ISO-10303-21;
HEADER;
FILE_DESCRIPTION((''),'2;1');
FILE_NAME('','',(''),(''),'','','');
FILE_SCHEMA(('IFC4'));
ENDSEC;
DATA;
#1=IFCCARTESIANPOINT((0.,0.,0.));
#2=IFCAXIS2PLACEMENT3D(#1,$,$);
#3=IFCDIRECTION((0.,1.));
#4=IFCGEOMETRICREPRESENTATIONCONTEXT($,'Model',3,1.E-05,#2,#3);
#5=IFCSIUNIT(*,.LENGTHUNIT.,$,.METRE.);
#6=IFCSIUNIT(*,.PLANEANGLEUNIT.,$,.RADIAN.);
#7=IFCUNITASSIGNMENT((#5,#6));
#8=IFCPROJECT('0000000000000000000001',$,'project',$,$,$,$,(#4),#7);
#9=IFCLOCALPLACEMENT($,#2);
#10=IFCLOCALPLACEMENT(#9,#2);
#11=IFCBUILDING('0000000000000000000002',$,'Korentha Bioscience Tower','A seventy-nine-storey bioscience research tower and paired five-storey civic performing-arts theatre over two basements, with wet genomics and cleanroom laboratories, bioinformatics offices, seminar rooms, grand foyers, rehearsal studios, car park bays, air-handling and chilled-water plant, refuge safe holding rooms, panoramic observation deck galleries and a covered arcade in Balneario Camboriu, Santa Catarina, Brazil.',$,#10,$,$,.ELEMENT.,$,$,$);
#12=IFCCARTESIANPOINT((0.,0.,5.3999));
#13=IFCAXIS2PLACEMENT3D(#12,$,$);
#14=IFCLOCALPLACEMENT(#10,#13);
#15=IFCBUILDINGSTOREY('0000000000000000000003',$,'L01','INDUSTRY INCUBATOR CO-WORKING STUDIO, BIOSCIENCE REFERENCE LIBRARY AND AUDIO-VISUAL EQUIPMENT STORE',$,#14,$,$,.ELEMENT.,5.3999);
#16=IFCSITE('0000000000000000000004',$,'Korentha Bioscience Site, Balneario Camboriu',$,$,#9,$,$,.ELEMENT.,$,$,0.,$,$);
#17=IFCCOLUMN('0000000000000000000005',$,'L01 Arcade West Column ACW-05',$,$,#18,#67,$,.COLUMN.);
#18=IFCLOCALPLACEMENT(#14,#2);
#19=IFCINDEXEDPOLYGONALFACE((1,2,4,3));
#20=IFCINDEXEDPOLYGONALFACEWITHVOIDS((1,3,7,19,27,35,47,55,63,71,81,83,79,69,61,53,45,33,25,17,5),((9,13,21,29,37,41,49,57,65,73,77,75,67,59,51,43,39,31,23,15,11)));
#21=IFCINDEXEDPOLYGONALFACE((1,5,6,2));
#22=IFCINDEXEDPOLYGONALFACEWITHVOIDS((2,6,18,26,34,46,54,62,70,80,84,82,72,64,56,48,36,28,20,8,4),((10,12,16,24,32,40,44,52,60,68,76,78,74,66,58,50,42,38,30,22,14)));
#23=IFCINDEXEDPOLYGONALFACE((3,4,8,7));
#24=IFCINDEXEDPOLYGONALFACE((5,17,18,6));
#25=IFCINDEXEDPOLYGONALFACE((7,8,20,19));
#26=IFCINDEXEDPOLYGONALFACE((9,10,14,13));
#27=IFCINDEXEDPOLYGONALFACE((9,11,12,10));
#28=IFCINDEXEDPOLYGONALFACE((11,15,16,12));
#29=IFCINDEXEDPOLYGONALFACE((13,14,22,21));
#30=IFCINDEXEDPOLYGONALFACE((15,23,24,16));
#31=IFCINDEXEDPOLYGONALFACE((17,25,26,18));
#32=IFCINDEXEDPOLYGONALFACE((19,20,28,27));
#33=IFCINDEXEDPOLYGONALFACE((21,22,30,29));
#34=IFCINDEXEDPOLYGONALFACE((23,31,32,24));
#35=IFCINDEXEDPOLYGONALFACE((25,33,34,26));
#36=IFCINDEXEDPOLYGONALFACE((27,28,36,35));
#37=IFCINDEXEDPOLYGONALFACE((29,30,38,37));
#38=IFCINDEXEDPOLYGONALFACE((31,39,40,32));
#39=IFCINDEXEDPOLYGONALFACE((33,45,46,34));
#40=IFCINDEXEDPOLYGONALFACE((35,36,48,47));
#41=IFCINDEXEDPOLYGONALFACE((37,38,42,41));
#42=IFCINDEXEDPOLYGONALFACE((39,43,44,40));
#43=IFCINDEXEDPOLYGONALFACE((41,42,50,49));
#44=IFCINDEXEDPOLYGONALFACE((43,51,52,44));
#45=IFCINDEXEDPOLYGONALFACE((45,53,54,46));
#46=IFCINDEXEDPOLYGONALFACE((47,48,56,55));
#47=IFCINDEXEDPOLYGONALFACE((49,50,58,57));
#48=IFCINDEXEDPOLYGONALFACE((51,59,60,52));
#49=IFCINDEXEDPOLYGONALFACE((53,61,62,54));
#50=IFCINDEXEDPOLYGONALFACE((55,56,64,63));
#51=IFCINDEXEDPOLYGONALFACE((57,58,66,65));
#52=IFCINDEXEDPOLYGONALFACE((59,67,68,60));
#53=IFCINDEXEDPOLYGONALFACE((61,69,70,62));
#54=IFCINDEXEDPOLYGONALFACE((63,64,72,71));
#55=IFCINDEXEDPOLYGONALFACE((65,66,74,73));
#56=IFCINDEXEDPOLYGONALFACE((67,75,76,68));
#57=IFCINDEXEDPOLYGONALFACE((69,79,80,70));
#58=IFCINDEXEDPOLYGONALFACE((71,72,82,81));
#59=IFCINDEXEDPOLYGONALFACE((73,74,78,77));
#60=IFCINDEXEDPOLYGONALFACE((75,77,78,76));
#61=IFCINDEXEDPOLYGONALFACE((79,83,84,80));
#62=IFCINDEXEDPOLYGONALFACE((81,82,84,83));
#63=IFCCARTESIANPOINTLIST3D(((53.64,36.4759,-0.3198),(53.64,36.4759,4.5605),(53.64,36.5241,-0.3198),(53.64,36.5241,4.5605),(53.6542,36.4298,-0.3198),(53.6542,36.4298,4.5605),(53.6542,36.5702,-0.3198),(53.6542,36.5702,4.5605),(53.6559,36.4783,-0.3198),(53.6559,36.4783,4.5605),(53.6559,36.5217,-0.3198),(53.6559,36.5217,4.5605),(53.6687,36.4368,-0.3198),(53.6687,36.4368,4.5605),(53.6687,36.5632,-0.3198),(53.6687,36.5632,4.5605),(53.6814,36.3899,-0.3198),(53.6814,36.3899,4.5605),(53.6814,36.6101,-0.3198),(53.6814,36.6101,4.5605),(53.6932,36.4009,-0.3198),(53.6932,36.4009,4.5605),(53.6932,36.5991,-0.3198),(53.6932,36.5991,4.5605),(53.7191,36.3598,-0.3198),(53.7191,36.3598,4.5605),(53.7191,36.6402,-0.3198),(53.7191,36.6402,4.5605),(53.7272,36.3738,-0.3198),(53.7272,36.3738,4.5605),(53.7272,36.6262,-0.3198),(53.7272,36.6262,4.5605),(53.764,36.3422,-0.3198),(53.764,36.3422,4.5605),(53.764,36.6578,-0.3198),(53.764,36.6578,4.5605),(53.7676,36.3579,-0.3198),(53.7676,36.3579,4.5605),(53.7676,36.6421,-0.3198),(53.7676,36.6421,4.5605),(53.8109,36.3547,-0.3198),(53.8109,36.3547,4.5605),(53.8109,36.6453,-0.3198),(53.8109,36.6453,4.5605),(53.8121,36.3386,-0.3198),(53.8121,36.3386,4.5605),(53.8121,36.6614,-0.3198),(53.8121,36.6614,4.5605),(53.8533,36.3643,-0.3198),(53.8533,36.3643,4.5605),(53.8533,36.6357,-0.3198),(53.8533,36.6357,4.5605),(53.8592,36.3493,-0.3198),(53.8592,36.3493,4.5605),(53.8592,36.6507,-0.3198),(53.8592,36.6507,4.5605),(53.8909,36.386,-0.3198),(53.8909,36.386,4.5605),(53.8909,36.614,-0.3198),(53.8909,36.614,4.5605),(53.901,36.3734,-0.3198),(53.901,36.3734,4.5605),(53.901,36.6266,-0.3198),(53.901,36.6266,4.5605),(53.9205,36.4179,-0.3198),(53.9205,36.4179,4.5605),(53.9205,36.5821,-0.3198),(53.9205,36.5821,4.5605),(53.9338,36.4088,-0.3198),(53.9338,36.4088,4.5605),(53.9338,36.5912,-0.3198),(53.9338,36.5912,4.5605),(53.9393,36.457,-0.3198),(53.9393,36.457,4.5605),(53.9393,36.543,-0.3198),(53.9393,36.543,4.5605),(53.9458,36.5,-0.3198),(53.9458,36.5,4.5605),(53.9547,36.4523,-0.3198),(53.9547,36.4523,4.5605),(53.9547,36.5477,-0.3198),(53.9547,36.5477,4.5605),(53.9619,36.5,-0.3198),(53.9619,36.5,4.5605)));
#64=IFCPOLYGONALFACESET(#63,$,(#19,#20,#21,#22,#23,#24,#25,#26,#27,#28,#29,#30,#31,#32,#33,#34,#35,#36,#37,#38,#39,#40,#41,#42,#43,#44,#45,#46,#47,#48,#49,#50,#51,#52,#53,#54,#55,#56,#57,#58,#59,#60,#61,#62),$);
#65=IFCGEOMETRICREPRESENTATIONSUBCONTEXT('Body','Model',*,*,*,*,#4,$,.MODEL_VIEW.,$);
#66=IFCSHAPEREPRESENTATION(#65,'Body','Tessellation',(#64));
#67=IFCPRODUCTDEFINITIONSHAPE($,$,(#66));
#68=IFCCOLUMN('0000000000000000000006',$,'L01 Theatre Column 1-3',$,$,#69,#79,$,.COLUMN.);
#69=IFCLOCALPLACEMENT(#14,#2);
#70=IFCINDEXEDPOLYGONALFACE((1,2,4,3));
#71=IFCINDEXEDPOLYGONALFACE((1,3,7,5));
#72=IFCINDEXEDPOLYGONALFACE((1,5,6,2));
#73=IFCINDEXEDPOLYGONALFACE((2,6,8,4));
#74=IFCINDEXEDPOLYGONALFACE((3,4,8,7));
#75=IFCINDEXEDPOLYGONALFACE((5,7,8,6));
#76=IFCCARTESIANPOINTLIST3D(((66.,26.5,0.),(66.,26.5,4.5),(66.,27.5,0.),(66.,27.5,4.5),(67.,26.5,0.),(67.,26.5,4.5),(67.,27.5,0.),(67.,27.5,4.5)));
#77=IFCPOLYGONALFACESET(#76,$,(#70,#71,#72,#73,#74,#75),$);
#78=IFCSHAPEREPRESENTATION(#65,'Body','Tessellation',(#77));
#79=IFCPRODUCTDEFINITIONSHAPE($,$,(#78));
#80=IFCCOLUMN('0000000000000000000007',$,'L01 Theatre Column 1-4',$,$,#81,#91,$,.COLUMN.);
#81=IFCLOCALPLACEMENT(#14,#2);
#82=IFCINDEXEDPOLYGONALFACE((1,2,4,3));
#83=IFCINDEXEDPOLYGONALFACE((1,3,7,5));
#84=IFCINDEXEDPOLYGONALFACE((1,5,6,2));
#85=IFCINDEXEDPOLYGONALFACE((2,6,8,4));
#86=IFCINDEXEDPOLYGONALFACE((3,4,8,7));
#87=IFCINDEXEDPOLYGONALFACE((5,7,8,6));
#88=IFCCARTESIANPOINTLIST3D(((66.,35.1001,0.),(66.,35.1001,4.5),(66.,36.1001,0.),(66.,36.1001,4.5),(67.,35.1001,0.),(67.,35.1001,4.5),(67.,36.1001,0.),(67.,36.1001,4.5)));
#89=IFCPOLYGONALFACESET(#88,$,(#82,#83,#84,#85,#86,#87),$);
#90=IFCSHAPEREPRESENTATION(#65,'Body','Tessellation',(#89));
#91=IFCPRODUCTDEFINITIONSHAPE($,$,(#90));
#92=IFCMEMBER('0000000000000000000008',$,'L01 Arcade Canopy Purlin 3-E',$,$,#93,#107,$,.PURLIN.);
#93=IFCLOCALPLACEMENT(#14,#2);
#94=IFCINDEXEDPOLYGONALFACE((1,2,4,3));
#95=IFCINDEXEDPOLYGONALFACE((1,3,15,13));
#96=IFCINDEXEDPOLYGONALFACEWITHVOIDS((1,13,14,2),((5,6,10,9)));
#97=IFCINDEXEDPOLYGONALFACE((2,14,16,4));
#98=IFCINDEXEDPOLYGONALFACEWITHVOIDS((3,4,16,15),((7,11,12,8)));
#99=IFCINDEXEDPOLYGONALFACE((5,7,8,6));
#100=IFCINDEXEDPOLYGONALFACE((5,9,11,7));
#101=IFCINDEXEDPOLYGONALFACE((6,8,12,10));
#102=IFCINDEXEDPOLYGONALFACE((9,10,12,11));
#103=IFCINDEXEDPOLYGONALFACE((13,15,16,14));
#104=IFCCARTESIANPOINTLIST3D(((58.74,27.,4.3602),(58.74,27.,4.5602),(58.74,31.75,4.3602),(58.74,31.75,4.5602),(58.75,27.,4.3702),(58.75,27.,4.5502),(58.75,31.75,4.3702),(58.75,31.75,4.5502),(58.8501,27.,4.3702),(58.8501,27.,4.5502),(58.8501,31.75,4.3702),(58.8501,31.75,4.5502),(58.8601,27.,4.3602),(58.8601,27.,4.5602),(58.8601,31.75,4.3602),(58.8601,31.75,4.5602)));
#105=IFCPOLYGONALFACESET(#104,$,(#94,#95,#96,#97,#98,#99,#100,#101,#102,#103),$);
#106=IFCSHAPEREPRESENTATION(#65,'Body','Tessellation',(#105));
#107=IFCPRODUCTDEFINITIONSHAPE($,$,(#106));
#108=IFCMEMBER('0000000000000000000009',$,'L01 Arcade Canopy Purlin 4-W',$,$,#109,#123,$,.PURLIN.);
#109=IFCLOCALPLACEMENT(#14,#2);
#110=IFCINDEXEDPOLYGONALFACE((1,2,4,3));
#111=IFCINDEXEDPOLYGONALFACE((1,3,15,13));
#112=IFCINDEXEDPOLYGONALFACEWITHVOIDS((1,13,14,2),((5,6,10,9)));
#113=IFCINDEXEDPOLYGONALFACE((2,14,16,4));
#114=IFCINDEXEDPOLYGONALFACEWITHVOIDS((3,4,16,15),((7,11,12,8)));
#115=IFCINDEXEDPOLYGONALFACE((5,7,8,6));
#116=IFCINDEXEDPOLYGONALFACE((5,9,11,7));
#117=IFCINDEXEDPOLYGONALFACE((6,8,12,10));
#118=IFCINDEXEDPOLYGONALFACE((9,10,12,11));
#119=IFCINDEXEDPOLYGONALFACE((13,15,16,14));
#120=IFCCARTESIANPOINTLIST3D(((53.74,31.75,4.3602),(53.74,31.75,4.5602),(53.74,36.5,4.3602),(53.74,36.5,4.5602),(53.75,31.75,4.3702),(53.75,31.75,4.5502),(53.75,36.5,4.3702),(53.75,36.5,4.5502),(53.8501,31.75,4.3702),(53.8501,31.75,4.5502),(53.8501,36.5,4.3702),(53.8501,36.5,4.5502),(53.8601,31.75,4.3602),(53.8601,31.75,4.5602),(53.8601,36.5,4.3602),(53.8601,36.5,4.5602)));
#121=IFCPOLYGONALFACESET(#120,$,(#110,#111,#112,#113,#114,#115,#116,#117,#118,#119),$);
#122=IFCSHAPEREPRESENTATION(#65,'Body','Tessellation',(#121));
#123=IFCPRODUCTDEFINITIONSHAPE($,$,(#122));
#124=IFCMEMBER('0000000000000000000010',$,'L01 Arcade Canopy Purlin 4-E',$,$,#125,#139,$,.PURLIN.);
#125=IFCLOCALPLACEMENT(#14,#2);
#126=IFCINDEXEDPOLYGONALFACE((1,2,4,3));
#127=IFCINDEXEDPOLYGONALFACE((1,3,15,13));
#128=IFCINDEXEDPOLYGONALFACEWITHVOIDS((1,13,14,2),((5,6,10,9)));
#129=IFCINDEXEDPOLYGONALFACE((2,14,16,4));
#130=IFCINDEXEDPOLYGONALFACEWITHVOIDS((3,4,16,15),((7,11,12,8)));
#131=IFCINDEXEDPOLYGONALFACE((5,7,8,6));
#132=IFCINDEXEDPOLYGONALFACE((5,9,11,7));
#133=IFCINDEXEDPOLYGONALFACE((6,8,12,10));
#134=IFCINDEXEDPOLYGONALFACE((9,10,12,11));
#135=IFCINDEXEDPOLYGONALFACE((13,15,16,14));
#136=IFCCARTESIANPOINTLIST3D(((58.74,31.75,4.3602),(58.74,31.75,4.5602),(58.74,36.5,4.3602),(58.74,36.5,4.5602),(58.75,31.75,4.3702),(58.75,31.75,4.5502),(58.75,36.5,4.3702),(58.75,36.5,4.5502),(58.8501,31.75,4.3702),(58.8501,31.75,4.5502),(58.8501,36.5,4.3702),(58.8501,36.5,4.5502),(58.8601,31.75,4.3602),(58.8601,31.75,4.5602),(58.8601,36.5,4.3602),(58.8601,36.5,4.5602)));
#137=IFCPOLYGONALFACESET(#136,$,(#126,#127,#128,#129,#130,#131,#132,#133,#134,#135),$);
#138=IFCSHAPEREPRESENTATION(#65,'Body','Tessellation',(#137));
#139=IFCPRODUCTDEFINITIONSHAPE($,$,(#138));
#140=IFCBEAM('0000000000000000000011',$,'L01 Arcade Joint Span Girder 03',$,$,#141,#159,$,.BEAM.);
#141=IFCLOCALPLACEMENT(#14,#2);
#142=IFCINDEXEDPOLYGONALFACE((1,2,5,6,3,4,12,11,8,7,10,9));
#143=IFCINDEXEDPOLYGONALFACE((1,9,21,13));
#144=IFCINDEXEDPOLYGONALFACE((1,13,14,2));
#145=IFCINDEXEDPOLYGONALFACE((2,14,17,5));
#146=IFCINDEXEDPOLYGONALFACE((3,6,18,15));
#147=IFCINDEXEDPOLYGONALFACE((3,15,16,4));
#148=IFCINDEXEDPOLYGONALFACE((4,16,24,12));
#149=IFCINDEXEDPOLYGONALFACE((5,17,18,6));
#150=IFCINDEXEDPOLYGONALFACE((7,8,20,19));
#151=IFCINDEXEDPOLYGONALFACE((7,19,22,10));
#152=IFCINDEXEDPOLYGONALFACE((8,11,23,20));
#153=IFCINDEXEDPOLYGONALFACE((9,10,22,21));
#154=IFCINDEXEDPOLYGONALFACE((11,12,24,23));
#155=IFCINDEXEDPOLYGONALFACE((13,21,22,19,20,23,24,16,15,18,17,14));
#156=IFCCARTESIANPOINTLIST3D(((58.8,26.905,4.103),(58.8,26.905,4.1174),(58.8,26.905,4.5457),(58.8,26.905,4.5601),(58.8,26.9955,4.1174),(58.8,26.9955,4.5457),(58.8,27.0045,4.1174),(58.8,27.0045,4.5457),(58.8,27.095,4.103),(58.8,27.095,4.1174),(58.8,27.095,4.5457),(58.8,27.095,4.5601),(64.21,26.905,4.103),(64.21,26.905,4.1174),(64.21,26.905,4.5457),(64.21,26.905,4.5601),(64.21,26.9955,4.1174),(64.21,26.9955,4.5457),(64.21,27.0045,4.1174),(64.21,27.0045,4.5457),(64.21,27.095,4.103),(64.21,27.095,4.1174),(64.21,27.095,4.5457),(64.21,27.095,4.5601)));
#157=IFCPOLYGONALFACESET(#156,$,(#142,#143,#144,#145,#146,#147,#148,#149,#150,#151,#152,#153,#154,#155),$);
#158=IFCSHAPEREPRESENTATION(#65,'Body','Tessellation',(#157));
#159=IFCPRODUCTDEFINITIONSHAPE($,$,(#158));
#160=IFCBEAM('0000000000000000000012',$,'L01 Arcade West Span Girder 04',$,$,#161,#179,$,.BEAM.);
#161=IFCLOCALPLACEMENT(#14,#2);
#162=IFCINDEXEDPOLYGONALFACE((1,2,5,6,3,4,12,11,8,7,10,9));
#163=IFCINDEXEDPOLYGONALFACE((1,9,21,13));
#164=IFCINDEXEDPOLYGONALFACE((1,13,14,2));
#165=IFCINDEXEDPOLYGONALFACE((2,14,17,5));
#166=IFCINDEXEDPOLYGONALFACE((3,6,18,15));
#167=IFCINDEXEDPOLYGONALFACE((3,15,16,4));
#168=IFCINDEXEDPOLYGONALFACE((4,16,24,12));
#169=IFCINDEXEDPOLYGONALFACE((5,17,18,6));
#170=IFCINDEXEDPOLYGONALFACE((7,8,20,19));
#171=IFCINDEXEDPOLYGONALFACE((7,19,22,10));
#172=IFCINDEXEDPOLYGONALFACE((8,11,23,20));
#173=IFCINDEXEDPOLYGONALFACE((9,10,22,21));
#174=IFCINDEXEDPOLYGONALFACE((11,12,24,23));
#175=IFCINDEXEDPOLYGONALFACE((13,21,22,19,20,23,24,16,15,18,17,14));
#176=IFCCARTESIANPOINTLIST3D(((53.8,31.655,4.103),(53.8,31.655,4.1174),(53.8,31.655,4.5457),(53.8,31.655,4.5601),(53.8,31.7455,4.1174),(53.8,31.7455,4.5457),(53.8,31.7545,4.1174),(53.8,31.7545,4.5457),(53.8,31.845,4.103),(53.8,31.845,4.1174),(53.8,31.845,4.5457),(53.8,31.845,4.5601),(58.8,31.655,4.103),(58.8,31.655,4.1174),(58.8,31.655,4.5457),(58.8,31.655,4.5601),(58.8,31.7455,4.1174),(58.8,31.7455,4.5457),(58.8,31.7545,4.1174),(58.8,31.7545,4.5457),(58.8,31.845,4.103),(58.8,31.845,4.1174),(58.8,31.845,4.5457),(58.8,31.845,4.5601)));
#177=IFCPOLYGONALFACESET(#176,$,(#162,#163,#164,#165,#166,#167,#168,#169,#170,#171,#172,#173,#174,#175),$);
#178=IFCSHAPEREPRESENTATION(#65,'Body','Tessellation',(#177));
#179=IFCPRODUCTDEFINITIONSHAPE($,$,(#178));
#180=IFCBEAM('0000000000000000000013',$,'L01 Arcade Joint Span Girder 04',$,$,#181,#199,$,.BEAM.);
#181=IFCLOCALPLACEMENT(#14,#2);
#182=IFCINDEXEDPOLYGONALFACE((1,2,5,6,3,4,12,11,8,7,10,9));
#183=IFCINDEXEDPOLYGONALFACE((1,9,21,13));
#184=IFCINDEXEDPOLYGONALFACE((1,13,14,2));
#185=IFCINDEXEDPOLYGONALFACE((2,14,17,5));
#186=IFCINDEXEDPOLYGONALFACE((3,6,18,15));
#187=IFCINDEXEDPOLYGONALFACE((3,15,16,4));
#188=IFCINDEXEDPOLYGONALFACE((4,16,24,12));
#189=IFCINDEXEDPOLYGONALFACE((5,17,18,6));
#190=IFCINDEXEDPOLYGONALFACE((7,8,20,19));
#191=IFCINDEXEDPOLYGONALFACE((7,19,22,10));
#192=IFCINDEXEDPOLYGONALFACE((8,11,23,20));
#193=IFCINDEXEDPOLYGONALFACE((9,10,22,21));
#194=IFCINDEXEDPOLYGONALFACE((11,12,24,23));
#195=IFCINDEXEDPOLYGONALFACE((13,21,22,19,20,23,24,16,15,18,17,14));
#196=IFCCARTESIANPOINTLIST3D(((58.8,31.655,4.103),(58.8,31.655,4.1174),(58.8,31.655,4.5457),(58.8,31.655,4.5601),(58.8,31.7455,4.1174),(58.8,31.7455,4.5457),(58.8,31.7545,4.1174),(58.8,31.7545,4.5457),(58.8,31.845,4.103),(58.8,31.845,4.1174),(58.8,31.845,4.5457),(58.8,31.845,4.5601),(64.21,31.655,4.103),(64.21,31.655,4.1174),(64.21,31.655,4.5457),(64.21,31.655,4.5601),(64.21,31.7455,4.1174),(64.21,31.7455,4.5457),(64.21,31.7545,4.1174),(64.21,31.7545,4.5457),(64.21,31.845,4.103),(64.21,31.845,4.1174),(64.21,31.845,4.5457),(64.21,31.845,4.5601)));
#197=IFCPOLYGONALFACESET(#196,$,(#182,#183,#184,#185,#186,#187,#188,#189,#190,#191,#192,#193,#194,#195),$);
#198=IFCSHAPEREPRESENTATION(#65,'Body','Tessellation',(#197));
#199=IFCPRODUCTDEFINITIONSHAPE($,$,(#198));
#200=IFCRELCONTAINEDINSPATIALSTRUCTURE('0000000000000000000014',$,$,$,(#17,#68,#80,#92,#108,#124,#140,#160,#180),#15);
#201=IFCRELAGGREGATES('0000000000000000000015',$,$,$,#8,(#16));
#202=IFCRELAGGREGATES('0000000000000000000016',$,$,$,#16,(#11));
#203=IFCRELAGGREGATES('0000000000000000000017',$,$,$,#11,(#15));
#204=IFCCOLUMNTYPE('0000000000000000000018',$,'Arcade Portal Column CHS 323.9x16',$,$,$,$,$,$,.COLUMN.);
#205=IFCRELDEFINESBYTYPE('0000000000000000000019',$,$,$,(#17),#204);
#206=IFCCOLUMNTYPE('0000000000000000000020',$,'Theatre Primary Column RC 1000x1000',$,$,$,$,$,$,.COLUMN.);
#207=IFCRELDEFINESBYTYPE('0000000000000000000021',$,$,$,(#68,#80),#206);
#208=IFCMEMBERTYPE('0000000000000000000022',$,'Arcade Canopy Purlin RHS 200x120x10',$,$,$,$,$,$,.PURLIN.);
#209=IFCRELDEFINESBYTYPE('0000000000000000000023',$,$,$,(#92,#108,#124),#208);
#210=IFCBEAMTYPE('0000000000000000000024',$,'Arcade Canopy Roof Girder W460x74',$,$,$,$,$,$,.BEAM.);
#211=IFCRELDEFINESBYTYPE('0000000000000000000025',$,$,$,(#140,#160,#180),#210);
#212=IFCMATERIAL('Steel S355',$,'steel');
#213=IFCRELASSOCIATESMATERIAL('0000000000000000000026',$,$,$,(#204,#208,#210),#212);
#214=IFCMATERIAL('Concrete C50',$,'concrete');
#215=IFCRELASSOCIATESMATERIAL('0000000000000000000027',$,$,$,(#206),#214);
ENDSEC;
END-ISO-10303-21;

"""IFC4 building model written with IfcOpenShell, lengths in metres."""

from ifc_helpers import new_model, si_unit, direction, frame, origin, origin_2d, place, context, subcontext, project, spatial, rectangle, hollow_rectangle, hollow_circle, i_section, extrude, material, material_profile, profile_set, type_object, element, save


model = new_model("IFC4")

# Units and contexts
model_context = context("Model", 3, precision=1e-05, world=origin(), true_north=direction((0.0, 1.0)))
body_context = subcontext(model_context, "Body", "Model", "MODEL_VIEW")
ifc_project = project(units=[si_unit("LENGTHUNIT", "METRE"), si_unit("PLANEANGLEUNIT", "RADIAN")], contexts=[model_context])

# Site, building, storey
site_placement = place(None, origin())
site = spatial("IfcSite", under=ifc_project, at=site_placement, Name="Korentha Bioscience Site, Balneario Camboriu", CompositionType="ELEMENT", RefElevation=0.0)
building_placement = place(site_placement, origin())
building = spatial("IfcBuilding", under=site, at=building_placement, Name="Korentha Bioscience Tower", Description="A seventy-nine-storey bioscience research tower and paired five-storey civic performing-arts theatre over two basements, with wet genomics and cleanroom laboratories, bioinformatics offices, seminar rooms, grand foyers, rehearsal studios, car park bays, air-handling and chilled-water plant, refuge safe holding rooms, panoramic observation deck galleries and a covered arcade in Balneario Camboriu, Santa Catarina, Brazil.", CompositionType="ELEMENT")
storey_placement = place(building_placement, frame((0.0, 0.0, 5.3999)))
storey = spatial("IfcBuildingStorey", under=building, at=storey_placement, Name="L01", Description="INDUSTRY INCUBATOR CO-WORKING STUDIO, BIOSCIENCE REFERENCE LIBRARY AND AUDIO-VISUAL EQUIPMENT STORE", CompositionType="ELEMENT", Elevation=5.3999)

# Columns
ifc_material_1 = material(Name="Steel S355", Category="steel")
ifc_material_profile_1 = material_profile(ifc_material_1, hollow_circle(Radius=0.1619, WallThickness=0.0161, at=origin_2d()), Name="Steel S355")
ifc_profile_set_1 = profile_set([ifc_material_profile_1], Name="Steel S355 (AC-01)")
column_type_1 = type_object("IfcColumnType", Name="Arcade Portal Column CHS 323.9x16", PredefinedType="COLUMN", material=ifc_profile_set_1)
for number, where, z_axis, x_axis, name in (
    (1, (53.8, 36.5, -0.3198), (0.0, 0.0, 1.0), (1.0, 0.0, 0.0), "L01 Arcade West Column ACW-05"),
):
    element("IfcColumn", number, at=place(storey_placement, frame(where, z_axis=z_axis, x_axis=x_axis)), inside=storey, type_object=column_type_1, Name=name, PredefinedType="COLUMN", context=body_context, shape_type="SweptSolid", body=[
        extrude(hollow_circle(Radius=0.1619, WallThickness=0.0161, at=origin_2d()), origin(), (0.0, 0.0, 1.0), 4.8804),
    ])
ifc_material_2 = material(Name="Concrete C50", Category="concrete")
ifc_material_profile_2 = material_profile(ifc_material_2, rectangle(XDim=1.0, YDim=1.0, at=origin_2d()), Name="Concrete C50")
ifc_profile_set_2 = profile_set([ifc_material_profile_2], Name="Concrete C50 (TC-01)")
column_type_2 = type_object("IfcColumnType", Name="Theatre Primary Column RC 1000x1000", PredefinedType="COLUMN", material=ifc_profile_set_2)
for number, where, z_axis, x_axis, name in (
    (2, (66.5, 27.0, 0.0), (0.0, 0.0, 1.0), (1.0, 0.0, 0.0), "L01 Theatre Column 1-3"),
    (3, (66.5, 35.6001, 0.0), (0.0, 0.0, 1.0), (1.0, 0.0, 0.0), "L01 Theatre Column 1-4"),
):
    element("IfcColumn", number, at=place(storey_placement, frame(where, z_axis=z_axis, x_axis=x_axis)), inside=storey, type_object=column_type_2, Name=name, PredefinedType="COLUMN", context=body_context, shape_type="SweptSolid", body=[
        extrude(rectangle(XDim=1.0, YDim=1.0, at=origin_2d()), origin(), (0.0, 0.0, 1.0), 4.5),
    ])

# Members
ifc_material_profile_3 = material_profile(ifc_material_1, hollow_rectangle(XDim=0.1201, YDim=0.2, WallThickness=0.01, at=origin_2d()), Name="Steel S355")
ifc_profile_set_3 = profile_set([ifc_material_profile_3], Name="Steel S355 (AC-P200)")
member_type_1 = type_object("IfcMemberType", Name="Arcade Canopy Purlin RHS 200x120x10", PredefinedType="PURLIN", material=ifc_profile_set_3)
for number, where, z_axis, x_axis, name in (
    (4, (58.8, 27.0, 4.4602), (0.0, 1.0, 0.0), (-1.0, 0.0, 0.0), "L01 Arcade Canopy Purlin 3-E"),
    (5, (53.8, 31.75, 4.4602), (0.0, 1.0, 0.0), (-1.0, 0.0, 0.0), "L01 Arcade Canopy Purlin 4-W"),
    (6, (58.8, 31.75, 4.4602), (0.0, 1.0, 0.0), (-1.0, 0.0, 0.0), "L01 Arcade Canopy Purlin 4-E"),
):
    element("IfcMember", number, at=place(storey_placement, frame(where, z_axis=z_axis, x_axis=x_axis)), inside=storey, type_object=member_type_1, Name=name, PredefinedType="PURLIN", context=body_context, shape_type="SweptSolid", body=[
        extrude(hollow_rectangle(XDim=0.1201, YDim=0.2, WallThickness=0.01, at=origin_2d()), origin(), (0.0, 0.0, 1.0), 4.75),
    ])

# Beams
ifc_material_profile_4 = material_profile(ifc_material_1, i_section(OverallWidth=0.1899, OverallDepth=0.457, WebThickness=0.009, FlangeThickness=0.0144, at=origin_2d()), Name="Steel S355")
ifc_profile_set_4 = profile_set([ifc_material_profile_4], Name="Steel S355 (AB-460)")
beam_type_1 = type_object("IfcBeamType", Name="Arcade Canopy Roof Girder W460x74", PredefinedType="BEAM", material=ifc_profile_set_4)
beam_1_placement = place(storey_placement, frame((58.8, 27.0, 4.3315), z_axis=(1.0, 0.0, 0.0), x_axis=(0.0, 1.0, 0.0)))
element("IfcBeam", 7, at=beam_1_placement, inside=storey, type_object=beam_type_1, Name="L01 Arcade Joint Span Girder 03", PredefinedType="BEAM", context=body_context, shape_type="SweptSolid", body=[
    extrude(i_section(OverallWidth=0.1899, OverallDepth=0.457, WebThickness=0.009, FlangeThickness=0.0144, at=origin_2d()), origin(), (0.0, 0.0, 1.0), 5.4099),
])
beam_2_placement = place(storey_placement, frame((53.8, 31.75, 4.3315), z_axis=(1.0, 0.0, 0.0), x_axis=(0.0, 1.0, 0.0)))
element("IfcBeam", 8, at=beam_2_placement, inside=storey, type_object=beam_type_1, Name="L01 Arcade West Span Girder 04", PredefinedType="BEAM", context=body_context, shape_type="SweptSolid", body=[
    extrude(i_section(OverallWidth=0.1899, OverallDepth=0.457, WebThickness=0.009, FlangeThickness=0.0144, at=origin_2d()), origin(), (0.0, 0.0, 1.0), 5.0),
])
beam_3_placement = place(storey_placement, frame((58.8, 31.75, 4.3315), z_axis=(1.0, 0.0, 0.0), x_axis=(0.0, 1.0, 0.0)))
element("IfcBeam", 9, at=beam_3_placement, inside=storey, type_object=beam_type_1, Name="L01 Arcade Joint Span Girder 04", PredefinedType="BEAM", context=body_context, shape_type="SweptSolid", body=[
    extrude(i_section(OverallWidth=0.1899, OverallDepth=0.457, WebThickness=0.009, FlangeThickness=0.0144, at=origin_2d()), origin(), (0.0, 0.0, 1.0), 5.4099),
])

save(model, "model.ifc")
